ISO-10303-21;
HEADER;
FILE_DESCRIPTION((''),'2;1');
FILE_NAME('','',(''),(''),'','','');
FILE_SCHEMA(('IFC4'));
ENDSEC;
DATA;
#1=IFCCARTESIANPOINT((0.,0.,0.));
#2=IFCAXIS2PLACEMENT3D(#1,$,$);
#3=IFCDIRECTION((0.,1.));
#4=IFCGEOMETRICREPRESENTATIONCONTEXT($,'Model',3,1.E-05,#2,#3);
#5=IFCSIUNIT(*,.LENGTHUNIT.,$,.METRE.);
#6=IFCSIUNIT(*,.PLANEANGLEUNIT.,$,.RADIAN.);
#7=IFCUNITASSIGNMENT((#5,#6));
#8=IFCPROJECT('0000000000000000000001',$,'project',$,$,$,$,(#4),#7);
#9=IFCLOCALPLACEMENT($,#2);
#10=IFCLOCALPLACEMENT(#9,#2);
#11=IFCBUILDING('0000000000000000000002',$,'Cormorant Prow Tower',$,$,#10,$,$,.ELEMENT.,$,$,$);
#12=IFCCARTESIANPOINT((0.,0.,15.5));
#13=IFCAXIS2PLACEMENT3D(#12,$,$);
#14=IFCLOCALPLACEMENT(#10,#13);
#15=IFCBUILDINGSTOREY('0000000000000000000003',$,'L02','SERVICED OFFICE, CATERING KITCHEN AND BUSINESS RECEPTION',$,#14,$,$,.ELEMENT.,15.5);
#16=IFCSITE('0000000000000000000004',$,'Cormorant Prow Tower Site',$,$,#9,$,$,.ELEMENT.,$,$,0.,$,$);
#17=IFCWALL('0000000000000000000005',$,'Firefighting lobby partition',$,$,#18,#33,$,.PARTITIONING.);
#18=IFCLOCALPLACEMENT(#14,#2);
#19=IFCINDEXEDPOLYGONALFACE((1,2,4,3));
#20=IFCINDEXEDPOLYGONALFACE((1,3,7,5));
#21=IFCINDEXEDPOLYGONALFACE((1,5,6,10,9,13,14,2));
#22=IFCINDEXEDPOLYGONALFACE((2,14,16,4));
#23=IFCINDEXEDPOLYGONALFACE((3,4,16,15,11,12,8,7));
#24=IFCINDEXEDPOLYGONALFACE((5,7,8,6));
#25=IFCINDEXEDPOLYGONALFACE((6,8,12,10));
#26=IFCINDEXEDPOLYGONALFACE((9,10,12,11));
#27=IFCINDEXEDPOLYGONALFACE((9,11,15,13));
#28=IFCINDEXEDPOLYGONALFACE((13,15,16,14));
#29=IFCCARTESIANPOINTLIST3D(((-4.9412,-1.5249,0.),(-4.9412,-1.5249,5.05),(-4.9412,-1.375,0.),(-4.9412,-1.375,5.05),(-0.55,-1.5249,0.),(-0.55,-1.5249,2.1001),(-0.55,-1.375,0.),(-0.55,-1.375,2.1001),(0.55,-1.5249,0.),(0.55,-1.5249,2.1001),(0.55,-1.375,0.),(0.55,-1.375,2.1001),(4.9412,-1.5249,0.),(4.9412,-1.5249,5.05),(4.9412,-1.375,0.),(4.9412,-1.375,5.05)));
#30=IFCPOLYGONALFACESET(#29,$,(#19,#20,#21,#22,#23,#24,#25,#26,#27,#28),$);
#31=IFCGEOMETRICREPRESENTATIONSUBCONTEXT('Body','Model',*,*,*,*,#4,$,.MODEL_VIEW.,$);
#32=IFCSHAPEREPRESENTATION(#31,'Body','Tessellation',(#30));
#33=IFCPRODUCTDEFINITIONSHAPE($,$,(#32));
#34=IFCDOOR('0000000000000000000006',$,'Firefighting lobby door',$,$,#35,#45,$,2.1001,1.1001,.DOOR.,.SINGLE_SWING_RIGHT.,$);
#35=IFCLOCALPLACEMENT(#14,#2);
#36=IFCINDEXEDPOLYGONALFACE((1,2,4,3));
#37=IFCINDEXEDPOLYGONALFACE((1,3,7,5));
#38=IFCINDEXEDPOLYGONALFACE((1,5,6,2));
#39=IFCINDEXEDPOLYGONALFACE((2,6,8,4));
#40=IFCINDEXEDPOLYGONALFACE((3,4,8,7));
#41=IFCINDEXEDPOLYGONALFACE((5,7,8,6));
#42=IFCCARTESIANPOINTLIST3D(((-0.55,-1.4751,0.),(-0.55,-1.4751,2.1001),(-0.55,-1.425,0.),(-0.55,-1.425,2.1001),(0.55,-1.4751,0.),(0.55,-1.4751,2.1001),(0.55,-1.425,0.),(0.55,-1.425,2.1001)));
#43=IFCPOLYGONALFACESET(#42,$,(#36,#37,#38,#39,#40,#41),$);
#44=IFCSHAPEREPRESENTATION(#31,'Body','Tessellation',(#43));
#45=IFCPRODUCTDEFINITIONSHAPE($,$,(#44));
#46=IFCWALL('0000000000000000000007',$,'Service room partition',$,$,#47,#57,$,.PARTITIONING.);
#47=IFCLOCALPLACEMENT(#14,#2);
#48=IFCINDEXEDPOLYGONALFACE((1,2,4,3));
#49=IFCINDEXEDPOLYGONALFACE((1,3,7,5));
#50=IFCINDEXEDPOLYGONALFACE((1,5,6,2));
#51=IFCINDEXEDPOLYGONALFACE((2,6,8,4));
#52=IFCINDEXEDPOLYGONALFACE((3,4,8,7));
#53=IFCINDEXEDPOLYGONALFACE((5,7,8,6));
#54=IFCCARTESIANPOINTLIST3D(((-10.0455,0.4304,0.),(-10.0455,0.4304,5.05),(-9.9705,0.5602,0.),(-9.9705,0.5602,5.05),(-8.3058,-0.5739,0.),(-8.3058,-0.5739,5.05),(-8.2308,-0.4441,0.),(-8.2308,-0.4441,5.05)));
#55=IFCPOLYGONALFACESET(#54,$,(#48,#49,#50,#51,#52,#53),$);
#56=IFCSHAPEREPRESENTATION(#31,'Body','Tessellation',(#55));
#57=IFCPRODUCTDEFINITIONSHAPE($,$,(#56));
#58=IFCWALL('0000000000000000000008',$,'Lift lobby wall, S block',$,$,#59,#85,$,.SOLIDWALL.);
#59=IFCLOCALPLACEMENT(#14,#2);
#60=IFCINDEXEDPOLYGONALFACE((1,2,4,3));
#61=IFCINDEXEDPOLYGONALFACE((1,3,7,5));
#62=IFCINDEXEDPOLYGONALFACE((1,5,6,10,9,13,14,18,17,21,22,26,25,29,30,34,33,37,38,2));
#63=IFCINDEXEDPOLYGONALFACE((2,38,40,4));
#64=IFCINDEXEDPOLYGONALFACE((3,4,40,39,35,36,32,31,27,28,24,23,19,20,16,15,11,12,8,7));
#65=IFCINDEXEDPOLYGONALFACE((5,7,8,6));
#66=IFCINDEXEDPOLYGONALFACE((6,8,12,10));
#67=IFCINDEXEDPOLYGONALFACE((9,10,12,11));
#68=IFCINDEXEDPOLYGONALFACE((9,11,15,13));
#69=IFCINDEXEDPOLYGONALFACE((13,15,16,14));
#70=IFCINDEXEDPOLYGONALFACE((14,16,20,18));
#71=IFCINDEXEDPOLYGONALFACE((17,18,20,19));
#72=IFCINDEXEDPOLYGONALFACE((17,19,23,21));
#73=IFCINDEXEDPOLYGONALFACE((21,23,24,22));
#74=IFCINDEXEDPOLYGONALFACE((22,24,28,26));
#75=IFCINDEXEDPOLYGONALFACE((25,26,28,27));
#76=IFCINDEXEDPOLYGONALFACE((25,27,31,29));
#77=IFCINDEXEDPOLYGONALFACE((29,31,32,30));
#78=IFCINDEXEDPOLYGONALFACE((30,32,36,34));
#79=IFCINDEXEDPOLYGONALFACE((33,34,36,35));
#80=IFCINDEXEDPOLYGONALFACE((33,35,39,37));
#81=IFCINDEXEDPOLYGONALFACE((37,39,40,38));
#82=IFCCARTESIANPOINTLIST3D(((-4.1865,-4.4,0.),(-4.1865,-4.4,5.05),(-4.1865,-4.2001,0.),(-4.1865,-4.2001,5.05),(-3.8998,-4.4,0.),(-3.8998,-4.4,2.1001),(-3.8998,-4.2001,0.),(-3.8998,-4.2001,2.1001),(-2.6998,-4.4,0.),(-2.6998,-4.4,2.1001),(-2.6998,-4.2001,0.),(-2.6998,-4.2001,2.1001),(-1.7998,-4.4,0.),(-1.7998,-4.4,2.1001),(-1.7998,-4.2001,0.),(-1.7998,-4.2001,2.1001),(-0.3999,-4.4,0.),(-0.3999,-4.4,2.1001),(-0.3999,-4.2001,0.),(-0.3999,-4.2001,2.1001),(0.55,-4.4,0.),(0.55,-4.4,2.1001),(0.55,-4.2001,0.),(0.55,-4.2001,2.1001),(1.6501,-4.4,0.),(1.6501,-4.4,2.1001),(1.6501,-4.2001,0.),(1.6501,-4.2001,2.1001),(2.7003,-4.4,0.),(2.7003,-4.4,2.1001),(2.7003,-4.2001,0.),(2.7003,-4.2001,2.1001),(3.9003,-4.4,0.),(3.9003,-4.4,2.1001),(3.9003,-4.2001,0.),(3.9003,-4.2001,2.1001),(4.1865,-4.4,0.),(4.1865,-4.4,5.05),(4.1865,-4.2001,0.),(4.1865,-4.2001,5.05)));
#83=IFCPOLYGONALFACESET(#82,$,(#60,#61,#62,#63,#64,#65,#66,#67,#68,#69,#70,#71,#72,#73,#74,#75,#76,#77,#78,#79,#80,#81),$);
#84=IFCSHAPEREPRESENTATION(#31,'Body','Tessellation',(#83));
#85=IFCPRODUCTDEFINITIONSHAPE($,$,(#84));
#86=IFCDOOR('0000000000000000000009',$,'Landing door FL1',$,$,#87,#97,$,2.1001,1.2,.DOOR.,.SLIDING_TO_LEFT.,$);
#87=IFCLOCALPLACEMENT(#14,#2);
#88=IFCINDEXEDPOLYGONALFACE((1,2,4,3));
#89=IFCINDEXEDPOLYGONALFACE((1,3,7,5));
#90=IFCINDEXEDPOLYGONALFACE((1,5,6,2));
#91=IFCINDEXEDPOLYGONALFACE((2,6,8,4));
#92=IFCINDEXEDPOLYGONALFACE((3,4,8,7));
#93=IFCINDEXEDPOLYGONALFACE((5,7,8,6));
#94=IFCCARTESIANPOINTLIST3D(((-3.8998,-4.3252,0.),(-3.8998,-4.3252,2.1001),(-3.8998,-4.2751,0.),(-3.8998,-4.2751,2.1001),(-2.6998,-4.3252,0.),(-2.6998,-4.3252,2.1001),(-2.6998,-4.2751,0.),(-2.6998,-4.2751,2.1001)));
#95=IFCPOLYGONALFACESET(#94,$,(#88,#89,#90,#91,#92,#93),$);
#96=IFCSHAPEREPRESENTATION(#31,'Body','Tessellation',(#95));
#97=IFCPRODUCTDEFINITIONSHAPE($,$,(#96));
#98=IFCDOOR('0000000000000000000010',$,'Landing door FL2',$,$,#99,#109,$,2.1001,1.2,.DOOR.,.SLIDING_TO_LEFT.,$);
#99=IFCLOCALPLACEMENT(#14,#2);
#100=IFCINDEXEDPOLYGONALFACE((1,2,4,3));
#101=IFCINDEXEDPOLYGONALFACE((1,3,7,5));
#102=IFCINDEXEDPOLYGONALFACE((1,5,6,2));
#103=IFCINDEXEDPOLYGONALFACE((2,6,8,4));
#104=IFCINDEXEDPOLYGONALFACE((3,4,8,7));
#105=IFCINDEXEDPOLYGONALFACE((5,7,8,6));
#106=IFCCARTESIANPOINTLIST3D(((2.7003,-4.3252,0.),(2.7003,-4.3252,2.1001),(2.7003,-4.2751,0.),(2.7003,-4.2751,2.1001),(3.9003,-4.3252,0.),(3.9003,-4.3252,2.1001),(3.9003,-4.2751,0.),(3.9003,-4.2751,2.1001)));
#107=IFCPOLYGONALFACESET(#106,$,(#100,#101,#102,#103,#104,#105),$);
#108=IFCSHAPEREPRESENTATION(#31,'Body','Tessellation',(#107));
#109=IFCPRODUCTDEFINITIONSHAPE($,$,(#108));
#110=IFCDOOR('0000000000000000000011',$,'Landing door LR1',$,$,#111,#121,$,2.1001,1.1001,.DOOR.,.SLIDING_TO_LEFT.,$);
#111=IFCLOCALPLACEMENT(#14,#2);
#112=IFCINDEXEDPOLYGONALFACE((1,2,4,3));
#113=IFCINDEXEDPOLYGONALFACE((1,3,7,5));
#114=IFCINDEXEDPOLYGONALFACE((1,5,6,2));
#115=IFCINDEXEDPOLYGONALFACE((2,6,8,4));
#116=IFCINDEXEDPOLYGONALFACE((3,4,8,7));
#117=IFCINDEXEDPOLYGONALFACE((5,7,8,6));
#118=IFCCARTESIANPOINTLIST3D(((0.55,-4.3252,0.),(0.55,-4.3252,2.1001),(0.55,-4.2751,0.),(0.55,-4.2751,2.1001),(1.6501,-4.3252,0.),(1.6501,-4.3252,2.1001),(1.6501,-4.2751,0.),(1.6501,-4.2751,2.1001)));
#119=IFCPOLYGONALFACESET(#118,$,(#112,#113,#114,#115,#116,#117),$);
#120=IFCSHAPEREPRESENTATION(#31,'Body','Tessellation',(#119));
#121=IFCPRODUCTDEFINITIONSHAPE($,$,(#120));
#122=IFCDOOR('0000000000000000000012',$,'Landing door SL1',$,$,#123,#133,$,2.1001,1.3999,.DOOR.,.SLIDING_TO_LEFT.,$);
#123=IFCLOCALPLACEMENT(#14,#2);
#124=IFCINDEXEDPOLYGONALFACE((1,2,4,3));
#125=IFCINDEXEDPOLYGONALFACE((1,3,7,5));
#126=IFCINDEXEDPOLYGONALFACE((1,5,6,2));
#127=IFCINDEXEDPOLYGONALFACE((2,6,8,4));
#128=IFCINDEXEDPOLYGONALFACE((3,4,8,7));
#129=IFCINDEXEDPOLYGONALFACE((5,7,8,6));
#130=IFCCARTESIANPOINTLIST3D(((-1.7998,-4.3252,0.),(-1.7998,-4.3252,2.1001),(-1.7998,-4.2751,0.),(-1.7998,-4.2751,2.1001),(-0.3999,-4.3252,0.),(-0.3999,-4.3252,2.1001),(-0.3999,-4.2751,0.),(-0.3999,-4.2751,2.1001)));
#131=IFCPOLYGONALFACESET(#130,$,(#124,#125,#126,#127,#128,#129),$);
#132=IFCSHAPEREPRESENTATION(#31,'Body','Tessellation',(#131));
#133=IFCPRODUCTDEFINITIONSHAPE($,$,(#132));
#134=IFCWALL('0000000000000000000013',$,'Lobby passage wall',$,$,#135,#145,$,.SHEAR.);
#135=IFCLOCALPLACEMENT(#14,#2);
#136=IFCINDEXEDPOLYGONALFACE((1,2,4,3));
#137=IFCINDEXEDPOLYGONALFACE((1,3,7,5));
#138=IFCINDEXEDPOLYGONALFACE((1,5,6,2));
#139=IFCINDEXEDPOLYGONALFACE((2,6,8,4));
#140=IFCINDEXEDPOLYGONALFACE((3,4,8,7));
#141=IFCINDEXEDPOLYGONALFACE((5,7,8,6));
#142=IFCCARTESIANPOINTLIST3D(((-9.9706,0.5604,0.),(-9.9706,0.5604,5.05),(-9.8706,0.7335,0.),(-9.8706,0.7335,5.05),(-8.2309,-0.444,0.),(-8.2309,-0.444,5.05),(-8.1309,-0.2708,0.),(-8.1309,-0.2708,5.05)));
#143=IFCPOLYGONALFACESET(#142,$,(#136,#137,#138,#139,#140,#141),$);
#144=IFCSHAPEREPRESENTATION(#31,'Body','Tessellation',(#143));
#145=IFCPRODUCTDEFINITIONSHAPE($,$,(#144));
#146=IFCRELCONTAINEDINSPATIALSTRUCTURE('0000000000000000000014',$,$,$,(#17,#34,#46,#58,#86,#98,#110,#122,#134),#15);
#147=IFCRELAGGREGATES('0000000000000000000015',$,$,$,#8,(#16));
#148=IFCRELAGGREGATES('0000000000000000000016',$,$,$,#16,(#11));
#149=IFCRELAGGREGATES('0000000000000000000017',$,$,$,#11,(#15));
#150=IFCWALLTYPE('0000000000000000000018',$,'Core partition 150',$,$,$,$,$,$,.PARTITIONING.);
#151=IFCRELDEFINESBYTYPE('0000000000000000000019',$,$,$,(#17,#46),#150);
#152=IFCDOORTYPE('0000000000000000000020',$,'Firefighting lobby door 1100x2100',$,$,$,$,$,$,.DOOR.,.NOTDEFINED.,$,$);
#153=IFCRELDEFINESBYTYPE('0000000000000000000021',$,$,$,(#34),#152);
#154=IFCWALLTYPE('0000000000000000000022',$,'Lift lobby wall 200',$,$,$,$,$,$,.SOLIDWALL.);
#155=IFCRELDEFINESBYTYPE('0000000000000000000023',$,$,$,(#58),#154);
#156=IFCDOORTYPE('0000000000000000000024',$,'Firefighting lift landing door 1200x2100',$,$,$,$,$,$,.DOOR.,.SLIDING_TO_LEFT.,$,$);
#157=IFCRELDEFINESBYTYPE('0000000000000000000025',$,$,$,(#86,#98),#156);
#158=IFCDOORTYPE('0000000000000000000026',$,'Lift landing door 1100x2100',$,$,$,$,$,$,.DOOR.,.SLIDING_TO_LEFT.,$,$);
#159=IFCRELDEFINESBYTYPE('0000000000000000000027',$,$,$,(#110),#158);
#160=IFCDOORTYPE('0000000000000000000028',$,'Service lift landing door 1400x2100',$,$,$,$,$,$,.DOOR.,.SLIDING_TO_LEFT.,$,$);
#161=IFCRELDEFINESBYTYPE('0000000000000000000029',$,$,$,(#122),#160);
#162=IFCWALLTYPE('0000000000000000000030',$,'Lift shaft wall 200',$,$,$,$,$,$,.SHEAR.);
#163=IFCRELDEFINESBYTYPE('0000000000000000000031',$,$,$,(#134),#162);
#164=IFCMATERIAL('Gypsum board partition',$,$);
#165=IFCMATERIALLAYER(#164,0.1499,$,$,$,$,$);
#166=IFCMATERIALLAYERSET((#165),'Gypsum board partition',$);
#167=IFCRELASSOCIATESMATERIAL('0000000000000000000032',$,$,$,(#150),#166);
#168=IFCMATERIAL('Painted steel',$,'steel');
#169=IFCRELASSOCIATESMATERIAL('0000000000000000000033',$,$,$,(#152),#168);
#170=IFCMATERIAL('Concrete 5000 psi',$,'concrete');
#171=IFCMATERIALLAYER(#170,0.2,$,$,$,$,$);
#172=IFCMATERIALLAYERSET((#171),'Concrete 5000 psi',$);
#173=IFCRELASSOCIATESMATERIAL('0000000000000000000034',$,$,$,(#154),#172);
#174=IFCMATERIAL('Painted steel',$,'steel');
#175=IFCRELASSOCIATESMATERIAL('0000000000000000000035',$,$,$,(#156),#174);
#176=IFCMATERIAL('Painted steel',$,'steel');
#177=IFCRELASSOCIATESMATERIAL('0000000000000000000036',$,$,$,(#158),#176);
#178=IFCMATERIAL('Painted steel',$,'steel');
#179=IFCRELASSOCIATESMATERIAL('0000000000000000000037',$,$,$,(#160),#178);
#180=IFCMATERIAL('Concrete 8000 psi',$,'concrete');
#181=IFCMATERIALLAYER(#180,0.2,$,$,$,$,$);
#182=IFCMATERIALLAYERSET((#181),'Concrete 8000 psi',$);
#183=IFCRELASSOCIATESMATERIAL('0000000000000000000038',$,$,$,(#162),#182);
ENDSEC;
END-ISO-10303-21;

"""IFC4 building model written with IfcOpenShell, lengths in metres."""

from ifc_helpers import new_model, si_unit, direction, frame, frame_2d, origin, place, context, subcontext, project, spatial, rectangle, extrude, material, layer, layer_set, type_object, element, fill, save


model = new_model("IFC4")

# Units and contexts
model_context = context("Model", 3, precision=1e-05, world=origin(), true_north=direction((0.0, 1.0)))
body_context = subcontext(model_context, "Body", "Model", "MODEL_VIEW")
ifc_project = project(units=[si_unit("LENGTHUNIT", "METRE"), si_unit("PLANEANGLEUNIT", "RADIAN")], contexts=[model_context])

# Site, building, storey
site_placement = place(None, origin())
site = spatial("IfcSite", under=ifc_project, at=site_placement, Name="Cormorant Prow Tower Site", CompositionType="ELEMENT", RefElevation=0.0)
building_placement = place(site_placement, origin())
building = spatial("IfcBuilding", under=site, at=building_placement, Name="Cormorant Prow Tower", CompositionType="ELEMENT")
storey_placement = place(building_placement, frame((0.0, 0.0, 15.5)))
storey = spatial("IfcBuildingStorey", under=building, at=storey_placement, Name="L02", Description="SERVICED OFFICE, CATERING KITCHEN AND BUSINESS RECEPTION", CompositionType="ELEMENT", Elevation=15.5)

# Wall, opening, door
ifc_material_1 = material(Name="Gypsum board partition")
ifc_layer_1 = layer(ifc_material_1, 0.1499)
ifc_layer_set_1 = layer_set([ifc_layer_1], Name="Gypsum board partition")
wall_type_1 = type_object("IfcWallType", Name="Core partition 150", PredefinedType="PARTITIONING", material=ifc_layer_set_1)
wall_1_placement = place(storey_placement, frame((-4.9412, -1.45, 0.0), z_axis=(0.0, 0.0, 1.0), x_axis=(1.0, 0.0, 0.0)))
wall_1 = element("IfcWall", 1, at=wall_1_placement, inside=storey, type_object=wall_type_1, Name="Firefighting lobby partition", PredefinedType="PARTITIONING", context=body_context, shape_type="SweptSolid", body=[
    extrude(rectangle(XDim=9.8823, YDim=0.1499, at=frame_2d((4.9412, 0.0))), origin(), (0.0, 0.0, 1.0), 5.05),
])
opening_1_placement = place(wall_1_placement, frame((4.3911, 0.0, 0.0)))
opening_1 = element("IfcOpeningElement", 2, at=opening_1_placement, cuts=wall_1, PredefinedType="OPENING", context=body_context, shape_type="SweptSolid", body=[
    extrude(rectangle(XDim=1.1001, YDim=2.1001, at=frame_2d((0.55, 1.05))), frame((0.0, 0.085, 0.0), z_axis=(0.0, -1.0, 0.0), x_axis=(1.0, 0.0, 0.0)), (0.0, 0.0, 1.0), 0.1699),
])
ifc_material_2 = material(Name="Painted steel", Category="steel")
door_type_1 = type_object("IfcDoorType", Name="Firefighting lobby door 1100x2100", OperationType="NOTDEFINED", PredefinedType="DOOR", material=ifc_material_2)
door_1_placement = place(opening_1_placement, origin())
door_1 = element("IfcDoor", 3, at=door_1_placement, inside=storey, type_object=door_type_1, Name="Firefighting lobby door", OperationType="SINGLE_SWING_RIGHT", OverallHeight=2.1001, OverallWidth=1.1001, PredefinedType="DOOR", context=body_context, shape_type="SweptSolid", body=[
    extrude(rectangle(XDim=1.1001, YDim=2.1001, at=frame_2d((0.55, 1.05))), frame((0.0, 0.0249, 0.0), z_axis=(0.0, -1.0, 0.0), x_axis=(1.0, 0.0, 0.0)), (0.0, 0.0, 1.0), 0.05),
])
fill(opening_1, door_1)

# Wall
wall_2_placement = place(storey_placement, frame((-8.2683, -0.509, 0.0), z_axis=(0.0, 0.0, 1.0), x_axis=(-0.866036, 0.499982, 0.0)))
element("IfcWall", 4, at=wall_2_placement, inside=storey, type_object=wall_type_1, Name="Service room partition", PredefinedType="PARTITIONING", context=body_context, shape_type="SweptSolid", body=[
    extrude(rectangle(XDim=2.0088, YDim=0.1499, at=frame_2d((1.0044, 0.0))), origin(), (0.0, 0.0, 1.0), 5.05),
])

# Wall, openings, doors
ifc_material_3 = material(Name="Concrete 5000 psi", Category="concrete")
ifc_layer_2 = layer(ifc_material_3, 0.2)
ifc_layer_set_2 = layer_set([ifc_layer_2], Name="Concrete 5000 psi")
wall_type_2 = type_object("IfcWallType", Name="Lift lobby wall 200", PredefinedType="SOLIDWALL", material=ifc_layer_set_2)
wall_3_placement = place(storey_placement, frame((-4.1865, -4.3, 0.0), z_axis=(0.0, 0.0, 1.0), x_axis=(1.0, 0.0, 0.0)))
wall_3 = element("IfcWall", 5, at=wall_3_placement, inside=storey, type_object=wall_type_2, Name="Lift lobby wall, S block", PredefinedType="SOLIDWALL", context=body_context, shape_type="SweptSolid", body=[
    extrude(rectangle(XDim=8.373, YDim=0.2, at=frame_2d((4.1865, 0.0))), origin(), (0.0, 0.0, 1.0), 5.05),
])
opening_2_placement = place(wall_3_placement, frame((0.2866, 0.0, 0.0)))
opening_2 = element("IfcOpeningElement", 6, at=opening_2_placement, cuts=wall_3, PredefinedType="OPENING", context=body_context, shape_type="SweptSolid", body=[
    extrude(rectangle(XDim=1.2, YDim=2.1001, at=frame_2d((0.6001, 1.05))), frame((0.0, 0.1099, 0.0), z_axis=(0.0, -1.0, 0.0), x_axis=(1.0, 0.0, 0.0)), (0.0, 0.0, 1.0), 0.22),
])
opening_3_placement = place(wall_3_placement, frame((2.3867, 0.0, 0.0)))
opening_3 = element("IfcOpeningElement", 7, at=opening_3_placement, cuts=wall_3, PredefinedType="OPENING", context=body_context, shape_type="SweptSolid", body=[
    extrude(rectangle(XDim=1.3999, YDim=2.1001, at=frame_2d((0.7, 1.05))), frame((0.0, 0.1099, 0.0), z_axis=(0.0, -1.0, 0.0), x_axis=(1.0, 0.0, 0.0)), (0.0, 0.0, 1.0), 0.22),
])
opening_4_placement = place(wall_3_placement, frame((4.7366, 0.0, 0.0)))
opening_4 = element("IfcOpeningElement", 8, at=opening_4_placement, cuts=wall_3, PredefinedType="OPENING", context=body_context, shape_type="SweptSolid", body=[
    extrude(rectangle(XDim=1.1001, YDim=2.1001, at=frame_2d((0.55, 1.05))), frame((0.0, 0.1099, 0.0), z_axis=(0.0, -1.0, 0.0), x_axis=(1.0, 0.0, 0.0)), (0.0, 0.0, 1.0), 0.22),
])
opening_5_placement = place(wall_3_placement, frame((6.8867, 0.0, 0.0)))
opening_5 = element("IfcOpeningElement", 9, at=opening_5_placement, cuts=wall_3, PredefinedType="OPENING", context=body_context, shape_type="SweptSolid", body=[
    extrude(rectangle(XDim=1.2, YDim=2.1001, at=frame_2d((0.6001, 1.05))), frame((0.0, 0.1099, 0.0), z_axis=(0.0, -1.0, 0.0), x_axis=(1.0, 0.0, 0.0)), (0.0, 0.0, 1.0), 0.22),
])
ifc_material_4 = material(Name="Painted steel", Category="steel")
door_type_2 = type_object("IfcDoorType", Name="Firefighting lift landing door 1200x2100", OperationType="SLIDING_TO_LEFT", PredefinedType="DOOR", material=ifc_material_4)
door_2_placement = place(opening_2_placement, origin())
door_2 = element("IfcDoor", 10, at=door_2_placement, inside=storey, type_object=door_type_2, Name="Landing door FL1", OperationType="SLIDING_TO_LEFT", OverallHeight=2.1001, OverallWidth=1.2, PredefinedType="DOOR", context=body_context, shape_type="SweptSolid", body=[
    extrude(rectangle(XDim=1.2, YDim=2.1001, at=frame_2d((0.6001, 1.05))), frame((0.0, 0.0249, 0.0), z_axis=(0.0, -1.0, 0.0), x_axis=(1.0, 0.0, 0.0)), (0.0, 0.0, 1.0), 0.05),
])
fill(opening_2, door_2)
door_3_placement = place(opening_5_placement, origin())
door_3 = element("IfcDoor", 11, at=door_3_placement, inside=storey, type_object=door_type_2, Name="Landing door FL2", OperationType="SLIDING_TO_LEFT", OverallHeight=2.1001, OverallWidth=1.2, PredefinedType="DOOR", context=body_context, shape_type="SweptSolid", body=[
    extrude(rectangle(XDim=1.2, YDim=2.1001, at=frame_2d((0.6001, 1.05))), frame((0.0, 0.0249, 0.0), z_axis=(0.0, -1.0, 0.0), x_axis=(1.0, 0.0, 0.0)), (0.0, 0.0, 1.0), 0.05),
])
fill(opening_5, door_3)
ifc_material_5 = material(Name="Painted steel", Category="steel")
door_type_3 = type_object("IfcDoorType", Name="Lift landing door 1100x2100", OperationType="SLIDING_TO_LEFT", PredefinedType="DOOR", material=ifc_material_5)
door_4_placement = place(opening_4_placement, origin())
door_4 = element("IfcDoor", 12, at=door_4_placement, inside=storey, type_object=door_type_3, Name="Landing door LR1", OperationType="SLIDING_TO_LEFT", OverallHeight=2.1001, OverallWidth=1.1001, PredefinedType="DOOR", context=body_context, shape_type="SweptSolid", body=[
    extrude(rectangle(XDim=1.1001, YDim=2.1001, at=frame_2d((0.55, 1.05))), frame((0.0, 0.0249, 0.0), z_axis=(0.0, -1.0, 0.0), x_axis=(1.0, 0.0, 0.0)), (0.0, 0.0, 1.0), 0.05),
])
fill(opening_4, door_4)
ifc_material_6 = material(Name="Painted steel", Category="steel")
door_type_4 = type_object("IfcDoorType", Name="Service lift landing door 1400x2100", OperationType="SLIDING_TO_LEFT", PredefinedType="DOOR", material=ifc_material_6)
door_5_placement = place(opening_3_placement, origin())
door_5 = element("IfcDoor", 13, at=door_5_placement, inside=storey, type_object=door_type_4, Name="Landing door SL1", OperationType="SLIDING_TO_LEFT", OverallHeight=2.1001, OverallWidth=1.3999, PredefinedType="DOOR", context=body_context, shape_type="SweptSolid", body=[
    extrude(rectangle(XDim=1.3999, YDim=2.1001, at=frame_2d((0.7, 1.05))), frame((0.0, 0.0249, 0.0), z_axis=(0.0, -1.0, 0.0), x_axis=(1.0, 0.0, 0.0)), (0.0, 0.0, 1.0), 0.05),
])
fill(opening_3, door_5)

# Wall
ifc_material_7 = material(Name="Concrete 8000 psi", Category="concrete")
ifc_layer_3 = layer(ifc_material_7, 0.2)
ifc_layer_set_3 = layer_set([ifc_layer_3], Name="Concrete 8000 psi")
wall_type_3 = type_object("IfcWallType", Name="Lift shaft wall 200", PredefinedType="SHEAR", material=ifc_layer_set_3)
wall_4_placement = place(storey_placement, frame((-8.1809, -0.3574, 0.0), z_axis=(0.0, 0.0, 1.0), x_axis=(-0.866036, 0.499982, 0.0)))
element("IfcWall", 14, at=wall_4_placement, inside=storey, type_object=wall_type_3, Name="Lobby passage wall", PredefinedType="SHEAR", context=body_context, shape_type="SweptSolid", body=[
    extrude(rectangle(XDim=2.0088, YDim=0.2, at=frame_2d((1.0044, 0.0))), origin(), (0.0, 0.0, 1.0), 5.05),
])

save(model, "model.ifc")
